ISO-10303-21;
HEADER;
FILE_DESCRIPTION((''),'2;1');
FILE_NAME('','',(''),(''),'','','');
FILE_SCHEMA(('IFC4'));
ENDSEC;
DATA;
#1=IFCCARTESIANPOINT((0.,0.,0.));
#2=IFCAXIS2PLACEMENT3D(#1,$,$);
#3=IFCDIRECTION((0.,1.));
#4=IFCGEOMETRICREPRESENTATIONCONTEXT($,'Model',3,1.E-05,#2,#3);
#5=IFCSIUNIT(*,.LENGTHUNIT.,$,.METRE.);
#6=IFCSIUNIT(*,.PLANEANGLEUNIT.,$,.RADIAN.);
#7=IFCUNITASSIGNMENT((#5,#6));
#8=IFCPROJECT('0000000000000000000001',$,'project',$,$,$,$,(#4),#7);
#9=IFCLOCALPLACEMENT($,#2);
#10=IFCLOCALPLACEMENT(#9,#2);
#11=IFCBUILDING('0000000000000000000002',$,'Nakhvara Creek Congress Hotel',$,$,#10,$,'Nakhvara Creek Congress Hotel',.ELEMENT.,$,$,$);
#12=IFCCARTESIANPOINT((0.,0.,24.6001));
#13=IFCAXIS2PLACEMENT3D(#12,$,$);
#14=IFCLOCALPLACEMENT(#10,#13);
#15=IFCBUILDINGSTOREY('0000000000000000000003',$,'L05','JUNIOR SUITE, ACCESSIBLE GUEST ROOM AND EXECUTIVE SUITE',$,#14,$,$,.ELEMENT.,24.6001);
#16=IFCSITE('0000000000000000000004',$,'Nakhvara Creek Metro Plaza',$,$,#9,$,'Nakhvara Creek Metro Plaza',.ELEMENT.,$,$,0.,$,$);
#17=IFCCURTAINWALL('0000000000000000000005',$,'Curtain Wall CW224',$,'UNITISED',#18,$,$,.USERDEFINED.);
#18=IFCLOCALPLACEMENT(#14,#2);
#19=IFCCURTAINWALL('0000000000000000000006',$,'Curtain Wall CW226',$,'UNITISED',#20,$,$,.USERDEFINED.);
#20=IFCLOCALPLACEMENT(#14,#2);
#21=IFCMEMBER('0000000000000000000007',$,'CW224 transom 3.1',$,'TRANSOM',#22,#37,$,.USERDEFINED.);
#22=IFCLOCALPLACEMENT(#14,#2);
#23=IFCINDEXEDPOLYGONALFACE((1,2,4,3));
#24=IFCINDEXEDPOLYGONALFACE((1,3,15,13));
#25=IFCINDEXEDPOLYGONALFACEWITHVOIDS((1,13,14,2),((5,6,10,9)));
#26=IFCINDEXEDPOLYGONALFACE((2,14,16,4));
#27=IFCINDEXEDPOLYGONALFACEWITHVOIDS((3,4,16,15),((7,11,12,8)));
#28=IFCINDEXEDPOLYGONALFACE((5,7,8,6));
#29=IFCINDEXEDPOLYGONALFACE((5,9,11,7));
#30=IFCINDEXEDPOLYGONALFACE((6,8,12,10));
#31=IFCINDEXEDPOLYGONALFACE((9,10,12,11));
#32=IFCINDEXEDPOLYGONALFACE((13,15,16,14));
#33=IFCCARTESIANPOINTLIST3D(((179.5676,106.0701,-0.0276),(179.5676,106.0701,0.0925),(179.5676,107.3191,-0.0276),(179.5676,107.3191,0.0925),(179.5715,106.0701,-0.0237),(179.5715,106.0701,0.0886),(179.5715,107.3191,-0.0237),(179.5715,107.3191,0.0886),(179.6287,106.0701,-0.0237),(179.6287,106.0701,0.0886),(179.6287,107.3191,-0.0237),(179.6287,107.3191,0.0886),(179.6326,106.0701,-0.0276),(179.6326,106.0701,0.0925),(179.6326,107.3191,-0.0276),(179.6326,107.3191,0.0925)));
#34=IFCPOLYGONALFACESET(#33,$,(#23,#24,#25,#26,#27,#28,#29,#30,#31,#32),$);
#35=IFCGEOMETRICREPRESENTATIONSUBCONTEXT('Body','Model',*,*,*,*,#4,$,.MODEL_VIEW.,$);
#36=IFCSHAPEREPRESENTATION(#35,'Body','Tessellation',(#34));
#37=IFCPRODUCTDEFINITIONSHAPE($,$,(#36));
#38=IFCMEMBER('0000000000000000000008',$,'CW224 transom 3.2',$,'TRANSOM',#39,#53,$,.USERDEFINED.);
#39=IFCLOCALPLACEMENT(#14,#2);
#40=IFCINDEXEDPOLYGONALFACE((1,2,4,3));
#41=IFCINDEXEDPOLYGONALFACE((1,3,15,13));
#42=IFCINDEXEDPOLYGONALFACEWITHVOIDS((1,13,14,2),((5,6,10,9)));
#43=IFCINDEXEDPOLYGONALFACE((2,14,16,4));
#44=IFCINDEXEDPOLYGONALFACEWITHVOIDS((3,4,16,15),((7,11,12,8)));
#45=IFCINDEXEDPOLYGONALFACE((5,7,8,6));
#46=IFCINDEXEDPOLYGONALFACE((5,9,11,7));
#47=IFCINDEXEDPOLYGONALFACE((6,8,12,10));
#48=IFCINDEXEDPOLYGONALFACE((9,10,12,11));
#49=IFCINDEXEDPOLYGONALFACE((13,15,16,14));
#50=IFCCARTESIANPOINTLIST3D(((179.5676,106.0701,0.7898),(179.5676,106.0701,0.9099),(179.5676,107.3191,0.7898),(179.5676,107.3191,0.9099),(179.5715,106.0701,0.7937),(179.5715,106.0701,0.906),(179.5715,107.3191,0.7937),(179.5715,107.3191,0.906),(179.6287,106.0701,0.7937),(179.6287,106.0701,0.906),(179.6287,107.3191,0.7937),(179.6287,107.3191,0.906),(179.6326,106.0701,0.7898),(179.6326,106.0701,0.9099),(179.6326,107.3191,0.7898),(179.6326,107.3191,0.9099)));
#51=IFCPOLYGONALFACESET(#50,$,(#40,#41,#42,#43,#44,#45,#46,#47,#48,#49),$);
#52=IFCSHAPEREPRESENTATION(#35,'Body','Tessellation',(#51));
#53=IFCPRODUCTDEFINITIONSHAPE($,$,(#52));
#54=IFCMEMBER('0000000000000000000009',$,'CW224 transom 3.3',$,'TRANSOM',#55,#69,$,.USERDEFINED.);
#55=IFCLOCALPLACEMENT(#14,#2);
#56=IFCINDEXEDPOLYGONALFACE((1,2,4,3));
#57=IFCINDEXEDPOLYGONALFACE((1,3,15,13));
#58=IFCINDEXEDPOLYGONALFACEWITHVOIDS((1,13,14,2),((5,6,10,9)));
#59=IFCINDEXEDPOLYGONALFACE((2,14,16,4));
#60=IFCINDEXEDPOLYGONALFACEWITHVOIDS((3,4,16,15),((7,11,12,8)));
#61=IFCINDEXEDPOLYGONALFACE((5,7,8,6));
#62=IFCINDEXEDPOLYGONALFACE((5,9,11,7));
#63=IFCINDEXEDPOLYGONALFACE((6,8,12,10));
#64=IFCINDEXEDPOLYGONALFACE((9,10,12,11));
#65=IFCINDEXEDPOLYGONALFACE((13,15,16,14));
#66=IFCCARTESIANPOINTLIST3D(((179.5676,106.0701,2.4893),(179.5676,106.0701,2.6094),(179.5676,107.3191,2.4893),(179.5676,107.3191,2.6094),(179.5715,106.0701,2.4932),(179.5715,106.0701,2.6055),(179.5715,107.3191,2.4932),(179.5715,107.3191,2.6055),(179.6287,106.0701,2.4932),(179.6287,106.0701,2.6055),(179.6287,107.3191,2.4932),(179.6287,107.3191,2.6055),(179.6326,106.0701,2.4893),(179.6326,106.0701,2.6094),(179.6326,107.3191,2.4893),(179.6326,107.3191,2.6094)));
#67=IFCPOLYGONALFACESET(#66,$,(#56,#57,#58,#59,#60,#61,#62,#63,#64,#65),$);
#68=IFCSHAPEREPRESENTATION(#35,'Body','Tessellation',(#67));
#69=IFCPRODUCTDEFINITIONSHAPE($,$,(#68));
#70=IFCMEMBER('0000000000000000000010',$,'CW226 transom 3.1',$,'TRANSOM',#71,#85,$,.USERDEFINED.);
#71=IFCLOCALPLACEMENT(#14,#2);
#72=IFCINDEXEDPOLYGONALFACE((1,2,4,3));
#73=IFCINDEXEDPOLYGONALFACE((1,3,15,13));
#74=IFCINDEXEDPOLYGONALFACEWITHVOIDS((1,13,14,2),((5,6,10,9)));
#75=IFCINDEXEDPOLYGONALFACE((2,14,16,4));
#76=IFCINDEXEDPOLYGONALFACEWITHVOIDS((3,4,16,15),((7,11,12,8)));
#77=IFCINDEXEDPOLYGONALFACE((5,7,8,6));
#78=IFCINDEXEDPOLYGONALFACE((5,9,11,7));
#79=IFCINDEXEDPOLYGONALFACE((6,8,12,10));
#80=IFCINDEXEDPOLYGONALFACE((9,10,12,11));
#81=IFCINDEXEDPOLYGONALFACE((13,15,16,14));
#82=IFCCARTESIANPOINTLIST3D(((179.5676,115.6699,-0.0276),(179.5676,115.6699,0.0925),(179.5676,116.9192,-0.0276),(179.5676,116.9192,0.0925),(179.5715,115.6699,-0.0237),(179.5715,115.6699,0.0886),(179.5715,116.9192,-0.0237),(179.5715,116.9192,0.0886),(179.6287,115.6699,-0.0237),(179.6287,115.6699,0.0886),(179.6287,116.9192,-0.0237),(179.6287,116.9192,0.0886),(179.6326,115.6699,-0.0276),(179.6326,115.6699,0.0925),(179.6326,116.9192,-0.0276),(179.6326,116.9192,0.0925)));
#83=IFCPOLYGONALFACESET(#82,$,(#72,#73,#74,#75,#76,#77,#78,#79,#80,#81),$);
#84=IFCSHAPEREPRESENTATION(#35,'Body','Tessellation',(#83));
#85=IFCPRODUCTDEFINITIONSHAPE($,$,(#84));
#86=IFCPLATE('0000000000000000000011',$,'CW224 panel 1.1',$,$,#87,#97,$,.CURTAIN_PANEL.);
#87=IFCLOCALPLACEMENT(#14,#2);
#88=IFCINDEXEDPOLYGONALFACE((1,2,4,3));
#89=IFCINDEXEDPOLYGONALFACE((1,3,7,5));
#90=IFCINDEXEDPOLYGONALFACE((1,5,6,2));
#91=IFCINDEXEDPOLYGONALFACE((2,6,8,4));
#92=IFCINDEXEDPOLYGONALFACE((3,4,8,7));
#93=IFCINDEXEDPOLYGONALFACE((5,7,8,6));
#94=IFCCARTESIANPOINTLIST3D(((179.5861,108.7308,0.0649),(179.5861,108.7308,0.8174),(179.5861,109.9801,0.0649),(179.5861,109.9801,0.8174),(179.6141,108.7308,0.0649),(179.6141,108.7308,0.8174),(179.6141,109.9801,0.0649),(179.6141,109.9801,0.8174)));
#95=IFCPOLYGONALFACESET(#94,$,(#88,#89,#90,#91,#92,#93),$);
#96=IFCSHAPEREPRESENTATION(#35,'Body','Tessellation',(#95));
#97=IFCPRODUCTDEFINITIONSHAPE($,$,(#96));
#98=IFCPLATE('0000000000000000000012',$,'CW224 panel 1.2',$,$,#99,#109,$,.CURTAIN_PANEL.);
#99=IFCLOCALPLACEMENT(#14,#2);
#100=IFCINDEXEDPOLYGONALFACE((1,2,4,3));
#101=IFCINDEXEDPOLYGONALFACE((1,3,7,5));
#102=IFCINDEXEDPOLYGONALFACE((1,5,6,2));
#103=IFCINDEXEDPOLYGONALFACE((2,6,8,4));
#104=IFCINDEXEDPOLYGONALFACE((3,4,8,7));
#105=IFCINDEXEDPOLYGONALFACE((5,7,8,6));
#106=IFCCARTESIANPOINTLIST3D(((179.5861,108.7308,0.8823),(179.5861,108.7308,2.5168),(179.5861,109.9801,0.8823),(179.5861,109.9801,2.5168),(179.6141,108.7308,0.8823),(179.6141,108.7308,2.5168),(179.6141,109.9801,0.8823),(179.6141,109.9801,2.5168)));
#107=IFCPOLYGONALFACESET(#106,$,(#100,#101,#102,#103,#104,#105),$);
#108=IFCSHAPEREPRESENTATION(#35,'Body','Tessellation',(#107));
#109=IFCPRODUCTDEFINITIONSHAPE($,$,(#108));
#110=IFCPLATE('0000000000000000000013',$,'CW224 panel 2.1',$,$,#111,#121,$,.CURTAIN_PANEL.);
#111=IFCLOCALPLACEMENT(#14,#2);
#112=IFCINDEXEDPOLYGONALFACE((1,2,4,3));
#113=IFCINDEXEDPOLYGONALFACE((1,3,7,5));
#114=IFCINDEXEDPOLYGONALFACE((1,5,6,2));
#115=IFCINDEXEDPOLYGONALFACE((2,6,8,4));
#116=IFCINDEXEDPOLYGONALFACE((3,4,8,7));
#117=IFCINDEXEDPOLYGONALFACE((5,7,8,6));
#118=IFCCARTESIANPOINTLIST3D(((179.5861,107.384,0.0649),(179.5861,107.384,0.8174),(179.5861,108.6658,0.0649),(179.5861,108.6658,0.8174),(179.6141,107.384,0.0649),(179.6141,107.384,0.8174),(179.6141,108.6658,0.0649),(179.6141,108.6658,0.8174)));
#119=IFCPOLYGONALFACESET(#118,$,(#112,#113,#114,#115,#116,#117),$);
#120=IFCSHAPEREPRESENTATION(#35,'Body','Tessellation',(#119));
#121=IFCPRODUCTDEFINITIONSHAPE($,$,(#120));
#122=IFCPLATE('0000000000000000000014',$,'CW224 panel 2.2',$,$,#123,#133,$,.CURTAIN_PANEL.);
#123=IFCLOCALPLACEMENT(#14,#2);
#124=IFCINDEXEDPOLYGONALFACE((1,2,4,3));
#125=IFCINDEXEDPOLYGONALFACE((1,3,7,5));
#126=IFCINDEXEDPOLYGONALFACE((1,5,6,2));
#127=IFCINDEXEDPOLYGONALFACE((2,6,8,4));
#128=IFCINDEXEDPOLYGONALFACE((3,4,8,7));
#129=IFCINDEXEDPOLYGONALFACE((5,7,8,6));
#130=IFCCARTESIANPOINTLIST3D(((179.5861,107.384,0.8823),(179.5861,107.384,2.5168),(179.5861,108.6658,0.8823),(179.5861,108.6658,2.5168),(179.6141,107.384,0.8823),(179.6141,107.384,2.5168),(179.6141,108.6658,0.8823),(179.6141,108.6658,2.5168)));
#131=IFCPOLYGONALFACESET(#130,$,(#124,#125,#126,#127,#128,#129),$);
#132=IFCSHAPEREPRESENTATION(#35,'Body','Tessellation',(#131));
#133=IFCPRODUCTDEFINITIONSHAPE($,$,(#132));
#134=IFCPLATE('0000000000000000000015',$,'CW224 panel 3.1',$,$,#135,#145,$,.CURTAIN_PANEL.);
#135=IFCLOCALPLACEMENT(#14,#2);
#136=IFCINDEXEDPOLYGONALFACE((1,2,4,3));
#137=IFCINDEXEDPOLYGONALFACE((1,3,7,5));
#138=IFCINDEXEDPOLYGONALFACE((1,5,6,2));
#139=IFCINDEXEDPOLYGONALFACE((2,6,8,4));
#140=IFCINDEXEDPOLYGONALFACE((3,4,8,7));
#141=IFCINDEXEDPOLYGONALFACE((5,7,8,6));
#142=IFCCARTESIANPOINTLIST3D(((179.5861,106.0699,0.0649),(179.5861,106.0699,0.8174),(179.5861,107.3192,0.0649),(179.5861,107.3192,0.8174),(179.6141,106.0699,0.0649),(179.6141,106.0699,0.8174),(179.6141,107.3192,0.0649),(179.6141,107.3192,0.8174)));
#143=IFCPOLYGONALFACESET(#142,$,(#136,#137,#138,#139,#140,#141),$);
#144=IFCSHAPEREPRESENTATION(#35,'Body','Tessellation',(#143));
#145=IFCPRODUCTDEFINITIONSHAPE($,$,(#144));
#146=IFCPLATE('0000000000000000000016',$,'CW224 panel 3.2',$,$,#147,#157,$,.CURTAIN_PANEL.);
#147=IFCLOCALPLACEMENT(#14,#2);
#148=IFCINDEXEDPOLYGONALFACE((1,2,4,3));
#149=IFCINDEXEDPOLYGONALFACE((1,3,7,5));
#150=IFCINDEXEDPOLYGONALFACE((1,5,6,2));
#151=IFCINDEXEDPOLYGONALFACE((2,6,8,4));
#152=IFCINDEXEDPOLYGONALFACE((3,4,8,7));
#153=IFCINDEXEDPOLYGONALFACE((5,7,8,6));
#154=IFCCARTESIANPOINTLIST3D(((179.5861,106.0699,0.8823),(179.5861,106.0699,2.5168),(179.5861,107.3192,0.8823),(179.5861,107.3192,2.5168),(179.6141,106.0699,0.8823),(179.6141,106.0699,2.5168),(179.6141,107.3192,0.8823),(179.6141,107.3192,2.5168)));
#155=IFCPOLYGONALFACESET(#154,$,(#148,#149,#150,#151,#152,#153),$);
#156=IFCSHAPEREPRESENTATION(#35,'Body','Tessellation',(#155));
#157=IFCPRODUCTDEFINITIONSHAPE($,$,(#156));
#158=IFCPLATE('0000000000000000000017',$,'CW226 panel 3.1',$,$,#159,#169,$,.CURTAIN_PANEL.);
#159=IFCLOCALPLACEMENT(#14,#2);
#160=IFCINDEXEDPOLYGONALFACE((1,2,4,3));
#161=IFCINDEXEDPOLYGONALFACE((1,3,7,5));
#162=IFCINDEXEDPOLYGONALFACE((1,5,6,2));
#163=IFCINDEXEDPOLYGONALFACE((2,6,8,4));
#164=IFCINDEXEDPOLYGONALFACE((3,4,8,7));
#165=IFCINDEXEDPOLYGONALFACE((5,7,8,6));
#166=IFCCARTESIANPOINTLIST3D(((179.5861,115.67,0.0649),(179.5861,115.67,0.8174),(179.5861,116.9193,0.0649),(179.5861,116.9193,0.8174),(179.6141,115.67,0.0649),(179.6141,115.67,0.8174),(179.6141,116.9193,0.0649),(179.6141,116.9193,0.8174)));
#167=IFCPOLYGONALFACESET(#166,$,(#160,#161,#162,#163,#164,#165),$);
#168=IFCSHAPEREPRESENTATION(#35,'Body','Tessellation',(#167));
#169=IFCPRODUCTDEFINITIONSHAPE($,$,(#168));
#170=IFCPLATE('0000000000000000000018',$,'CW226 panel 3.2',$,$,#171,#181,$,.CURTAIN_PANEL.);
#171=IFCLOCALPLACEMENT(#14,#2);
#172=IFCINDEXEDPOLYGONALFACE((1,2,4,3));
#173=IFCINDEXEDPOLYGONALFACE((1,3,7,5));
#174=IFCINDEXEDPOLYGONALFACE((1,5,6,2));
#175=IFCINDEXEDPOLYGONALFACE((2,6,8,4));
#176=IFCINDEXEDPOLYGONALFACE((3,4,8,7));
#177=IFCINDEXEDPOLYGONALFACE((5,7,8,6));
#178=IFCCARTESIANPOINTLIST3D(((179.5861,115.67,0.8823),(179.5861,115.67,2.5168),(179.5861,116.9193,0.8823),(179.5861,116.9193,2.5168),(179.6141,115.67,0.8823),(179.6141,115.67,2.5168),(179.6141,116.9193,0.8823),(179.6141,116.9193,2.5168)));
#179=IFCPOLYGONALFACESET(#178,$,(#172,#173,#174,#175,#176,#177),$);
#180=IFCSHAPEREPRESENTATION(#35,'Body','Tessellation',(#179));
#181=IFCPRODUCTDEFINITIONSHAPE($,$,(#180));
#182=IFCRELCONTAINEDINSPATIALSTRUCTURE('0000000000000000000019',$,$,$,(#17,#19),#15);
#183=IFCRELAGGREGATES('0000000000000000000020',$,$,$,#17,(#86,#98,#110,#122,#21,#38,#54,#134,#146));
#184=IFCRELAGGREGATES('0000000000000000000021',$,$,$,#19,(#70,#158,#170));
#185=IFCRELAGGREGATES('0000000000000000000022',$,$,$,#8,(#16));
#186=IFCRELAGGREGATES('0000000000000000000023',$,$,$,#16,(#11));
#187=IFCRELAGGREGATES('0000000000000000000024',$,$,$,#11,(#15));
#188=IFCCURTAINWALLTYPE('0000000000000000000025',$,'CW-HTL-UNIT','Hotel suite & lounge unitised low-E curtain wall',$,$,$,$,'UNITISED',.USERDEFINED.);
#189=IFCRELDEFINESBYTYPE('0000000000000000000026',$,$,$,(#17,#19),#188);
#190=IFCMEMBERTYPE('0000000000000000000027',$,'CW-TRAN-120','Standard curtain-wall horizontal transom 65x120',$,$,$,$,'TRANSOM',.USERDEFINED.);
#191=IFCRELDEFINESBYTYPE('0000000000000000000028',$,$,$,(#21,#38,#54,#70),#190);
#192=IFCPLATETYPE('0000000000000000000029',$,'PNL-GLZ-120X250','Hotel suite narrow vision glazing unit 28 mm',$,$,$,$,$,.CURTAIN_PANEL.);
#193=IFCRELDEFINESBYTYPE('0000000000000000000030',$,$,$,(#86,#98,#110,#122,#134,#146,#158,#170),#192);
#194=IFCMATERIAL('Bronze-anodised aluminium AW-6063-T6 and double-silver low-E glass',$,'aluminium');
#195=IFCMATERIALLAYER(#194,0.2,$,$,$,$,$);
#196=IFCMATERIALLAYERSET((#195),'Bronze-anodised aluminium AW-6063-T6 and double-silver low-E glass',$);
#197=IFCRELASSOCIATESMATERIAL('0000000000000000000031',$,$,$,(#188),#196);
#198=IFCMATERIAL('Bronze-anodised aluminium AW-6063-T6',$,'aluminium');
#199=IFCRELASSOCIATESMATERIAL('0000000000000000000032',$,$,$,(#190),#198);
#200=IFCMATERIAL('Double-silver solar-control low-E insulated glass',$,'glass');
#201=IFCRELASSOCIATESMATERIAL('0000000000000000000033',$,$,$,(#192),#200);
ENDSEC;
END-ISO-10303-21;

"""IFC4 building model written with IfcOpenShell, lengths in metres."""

from ifc_helpers import new_model, si_unit, direction, frame, origin, origin_2d, place, context, subcontext, project, spatial, rectangle, hollow_rectangle, extrude, material, layer, layer_set, material_profile, profile_set, type_object, element, aggregate, save


model = new_model("IFC4")

# Units and contexts
model_context = context("Model", 3, precision=1e-05, world=origin(), true_north=direction((0.0, 1.0)))
body_context = subcontext(model_context, "Body", "Model", "MODEL_VIEW")
ifc_project = project(units=[si_unit("LENGTHUNIT", "METRE"), si_unit("PLANEANGLEUNIT", "RADIAN")], contexts=[model_context])

# Site, building, storey
site_placement = place(None, origin())
site = spatial("IfcSite", under=ifc_project, at=site_placement, Name="Nakhvara Creek Metro Plaza", LongName="Nakhvara Creek Metro Plaza", CompositionType="ELEMENT", RefElevation=0.0)
building_placement = place(site_placement, origin())
building = spatial("IfcBuilding", under=site, at=building_placement, Name="Nakhvara Creek Congress Hotel", LongName="Nakhvara Creek Congress Hotel", CompositionType="ELEMENT")
storey_placement = place(building_placement, frame((0.0, 0.0, 24.6001)))
storey = spatial("IfcBuildingStorey", under=building, at=storey_placement, Name="L05", Description="JUNIOR SUITE, ACCESSIBLE GUEST ROOM AND EXECUTIVE SUITE", CompositionType="ELEMENT", Elevation=24.6001)

# Curtain wall
ifc_material_1 = material(Name="Bronze-anodised aluminium AW-6063-T6 and double-silver low-E glass", Category="aluminium")
ifc_layer_1 = layer(ifc_material_1, 0.2)
ifc_layer_set_1 = layer_set([ifc_layer_1], Name="Bronze-anodised aluminium AW-6063-T6 and double-silver low-E glass")
curtain_wall_type = type_object("IfcCurtainWallType", Name="CW-HTL-UNIT", Description="Hotel suite & lounge unitised low-E curtain wall", ElementType="UNITISED", PredefinedType="USERDEFINED", material=ifc_layer_set_1)
curtain_wall_1_placement = place(storey_placement, origin())
curtain_wall_1 = element("IfcCurtainWall", 1, at=curtain_wall_1_placement, inside=storey, type_object=curtain_wall_type, Name="Curtain Wall CW224", ObjectType="UNITISED", PredefinedType="USERDEFINED")
ifc_material_2 = material(Name="Bronze-anodised aluminium AW-6063-T6", Category="aluminium")

# Curtain wall
curtain_wall_2_placement = place(storey_placement, origin())
curtain_wall_2 = element("IfcCurtainWall", 2, at=curtain_wall_2_placement, inside=storey, type_object=curtain_wall_type, Name="Curtain Wall CW226", ObjectType="UNITISED", PredefinedType="USERDEFINED")

# Members
ifc_material_profile_1 = material_profile(ifc_material_2, hollow_rectangle(XDim=0.0649, YDim=0.1201, WallThickness=0.0039, at=origin_2d()), Name="ALU-TRAN 65x120x4", Category="LoadBearing")
ifc_profile_set_1 = profile_set([ifc_material_profile_1], Name="Bronze-anodised aluminium AW-6063-T6")
member_type_1 = type_object("IfcMemberType", Name="CW-TRAN-120", Description="Standard curtain-wall horizontal transom 65x120", ElementType="TRANSOM", PredefinedType="USERDEFINED", material=ifc_profile_set_1)
member_1_placement = place(storey_placement, frame((179.6001, 107.3191, 0.0325), z_axis=(0.0, -1.0, 0.0), x_axis=(1.0, 0.0, 0.0)))
member_1 = element("IfcMember", 3, at=member_1_placement, type_object=member_type_1, Name="CW224 transom 3.1", ObjectType="TRANSOM", PredefinedType="USERDEFINED", context=body_context, shape_type="SweptSolid", body=[
    extrude(hollow_rectangle(XDim=0.0649, YDim=0.1201, WallThickness=0.0039, at=origin_2d()), origin(), (0.0, 0.0, 1.0), 1.249),
])
member_2_placement = place(storey_placement, frame((179.6001, 107.3191, 0.8499), z_axis=(0.0, -1.0, 0.0), x_axis=(1.0, 0.0, 0.0)))
member_2 = element("IfcMember", 4, at=member_2_placement, type_object=member_type_1, Name="CW224 transom 3.2", ObjectType="TRANSOM", PredefinedType="USERDEFINED", context=body_context, shape_type="SweptSolid", body=[
    extrude(hollow_rectangle(XDim=0.0649, YDim=0.1201, WallThickness=0.0039, at=origin_2d()), origin(), (0.0, 0.0, 1.0), 1.249),
])
member_3_placement = place(storey_placement, frame((179.6001, 107.3191, 2.5493), z_axis=(0.0, -1.0, 0.0), x_axis=(1.0, 0.0, 0.0)))
member_3 = element("IfcMember", 5, at=member_3_placement, type_object=member_type_1, Name="CW224 transom 3.3", ObjectType="TRANSOM", PredefinedType="USERDEFINED", context=body_context, shape_type="SweptSolid", body=[
    extrude(hollow_rectangle(XDim=0.0649, YDim=0.1201, WallThickness=0.0039, at=origin_2d()), origin(), (0.0, 0.0, 1.0), 1.249),
])
member_4_placement = place(storey_placement, frame((179.6001, 116.9192, 0.0325), z_axis=(0.0, -1.0, 0.0), x_axis=(1.0, 0.0, 0.0)))
member_4 = element("IfcMember", 6, at=member_4_placement, type_object=member_type_1, Name="CW226 transom 3.1", ObjectType="TRANSOM", PredefinedType="USERDEFINED", context=body_context, shape_type="SweptSolid", body=[
    extrude(hollow_rectangle(XDim=0.0649, YDim=0.1201, WallThickness=0.0039, at=origin_2d()), origin(), (0.0, 0.0, 1.0), 1.2493),
])

# Plates
ifc_material_3 = material(Name="Double-silver solar-control low-E insulated glass", Category="glass")
plate_type = type_object("IfcPlateType", Name="PNL-GLZ-120X250", Description="Hotel suite narrow vision glazing unit 28 mm", PredefinedType="CURTAIN_PANEL", material=ifc_material_3)
plate_1_placement = place(storey_placement, frame((179.6001, 109.3555, 0.0649), z_axis=(0.0, 0.0, 1.0), x_axis=(0.0, -1.0, 0.0)))
plate_1 = element("IfcPlate", 7, at=plate_1_placement, type_object=plate_type, Name="CW224 panel 1.1", PredefinedType="CURTAIN_PANEL", context=body_context, shape_type="SweptSolid", body=[
    extrude(rectangle(XDim=1.2493, YDim=0.0281, at=origin_2d()), origin(), (0.0, 0.0, 1.0), 0.7524),
])
plate_2_placement = place(storey_placement, frame((179.6001, 109.3555, 0.8823), z_axis=(0.0, 0.0, 1.0), x_axis=(0.0, -1.0, 0.0)))
plate_2 = element("IfcPlate", 8, at=plate_2_placement, type_object=plate_type, Name="CW224 panel 1.2", PredefinedType="CURTAIN_PANEL", context=body_context, shape_type="SweptSolid", body=[
    extrude(rectangle(XDim=1.2493, YDim=0.0281, at=origin_2d()), origin(), (0.0, 0.0, 1.0), 1.6345),
])
plate_3_placement = place(storey_placement, frame((179.6001, 108.0249, 0.0649), z_axis=(0.0, 0.0, 1.0), x_axis=(0.0, -1.0, 0.0)))
plate_3 = element("IfcPlate", 9, at=plate_3_placement, type_object=plate_type, Name="CW224 panel 2.1", PredefinedType="CURTAIN_PANEL", context=body_context, shape_type="SweptSolid", body=[
    extrude(rectangle(XDim=1.2817, YDim=0.0281, at=origin_2d()), origin(), (0.0, 0.0, 1.0), 0.7524),
])
plate_4_placement = place(storey_placement, frame((179.6001, 108.0249, 0.8823), z_axis=(0.0, 0.0, 1.0), x_axis=(0.0, -1.0, 0.0)))
plate_4 = element("IfcPlate", 10, at=plate_4_placement, type_object=plate_type, Name="CW224 panel 2.2", PredefinedType="CURTAIN_PANEL", context=body_context, shape_type="SweptSolid", body=[
    extrude(rectangle(XDim=1.2817, YDim=0.0281, at=origin_2d()), origin(), (0.0, 0.0, 1.0), 1.6345),
])
plate_5_placement = place(storey_placement, frame((179.6001, 106.6946, 0.0649), z_axis=(0.0, 0.0, 1.0), x_axis=(0.0, -1.0, 0.0)))
plate_5 = element("IfcPlate", 11, at=plate_5_placement, type_object=plate_type, Name="CW224 panel 3.1", PredefinedType="CURTAIN_PANEL", context=body_context, shape_type="SweptSolid", body=[
    extrude(rectangle(XDim=1.2493, YDim=0.0281, at=origin_2d()), origin(), (0.0, 0.0, 1.0), 0.7524),
])
plate_6_placement = place(storey_placement, frame((179.6001, 106.6946, 0.8823), z_axis=(0.0, 0.0, 1.0), x_axis=(0.0, -1.0, 0.0)))
plate_6 = element("IfcPlate", 12, at=plate_6_placement, type_object=plate_type, Name="CW224 panel 3.2", PredefinedType="CURTAIN_PANEL", context=body_context, shape_type="SweptSolid", body=[
    extrude(rectangle(XDim=1.2493, YDim=0.0281, at=origin_2d()), origin(), (0.0, 0.0, 1.0), 1.6345),
])
aggregate(curtain_wall_1, [plate_1, plate_2, plate_3, plate_4, member_1, member_2, member_3, plate_5, plate_6])
plate_7_placement = place(storey_placement, frame((179.6001, 116.2947, 0.0649), z_axis=(0.0, 0.0, 1.0), x_axis=(0.0, -1.0, 0.0)))
plate_7 = element("IfcPlate", 13, at=plate_7_placement, type_object=plate_type, Name="CW226 panel 3.1", PredefinedType="CURTAIN_PANEL", context=body_context, shape_type="SweptSolid", body=[
    extrude(rectangle(XDim=1.2493, YDim=0.0281, at=origin_2d()), origin(), (0.0, 0.0, 1.0), 0.7524),
])
plate_8_placement = place(storey_placement, frame((179.6001, 116.2947, 0.8823), z_axis=(0.0, 0.0, 1.0), x_axis=(0.0, -1.0, 0.0)))
plate_8 = element("IfcPlate", 14, at=plate_8_placement, type_object=plate_type, Name="CW226 panel 3.2", PredefinedType="CURTAIN_PANEL", context=body_context, shape_type="SweptSolid", body=[
    extrude(rectangle(XDim=1.2493, YDim=0.0281, at=origin_2d()), origin(), (0.0, 0.0, 1.0), 1.6345),
])
aggregate(curtain_wall_2, [member_4, plate_7, plate_8])

save(model, "model.ifc")
